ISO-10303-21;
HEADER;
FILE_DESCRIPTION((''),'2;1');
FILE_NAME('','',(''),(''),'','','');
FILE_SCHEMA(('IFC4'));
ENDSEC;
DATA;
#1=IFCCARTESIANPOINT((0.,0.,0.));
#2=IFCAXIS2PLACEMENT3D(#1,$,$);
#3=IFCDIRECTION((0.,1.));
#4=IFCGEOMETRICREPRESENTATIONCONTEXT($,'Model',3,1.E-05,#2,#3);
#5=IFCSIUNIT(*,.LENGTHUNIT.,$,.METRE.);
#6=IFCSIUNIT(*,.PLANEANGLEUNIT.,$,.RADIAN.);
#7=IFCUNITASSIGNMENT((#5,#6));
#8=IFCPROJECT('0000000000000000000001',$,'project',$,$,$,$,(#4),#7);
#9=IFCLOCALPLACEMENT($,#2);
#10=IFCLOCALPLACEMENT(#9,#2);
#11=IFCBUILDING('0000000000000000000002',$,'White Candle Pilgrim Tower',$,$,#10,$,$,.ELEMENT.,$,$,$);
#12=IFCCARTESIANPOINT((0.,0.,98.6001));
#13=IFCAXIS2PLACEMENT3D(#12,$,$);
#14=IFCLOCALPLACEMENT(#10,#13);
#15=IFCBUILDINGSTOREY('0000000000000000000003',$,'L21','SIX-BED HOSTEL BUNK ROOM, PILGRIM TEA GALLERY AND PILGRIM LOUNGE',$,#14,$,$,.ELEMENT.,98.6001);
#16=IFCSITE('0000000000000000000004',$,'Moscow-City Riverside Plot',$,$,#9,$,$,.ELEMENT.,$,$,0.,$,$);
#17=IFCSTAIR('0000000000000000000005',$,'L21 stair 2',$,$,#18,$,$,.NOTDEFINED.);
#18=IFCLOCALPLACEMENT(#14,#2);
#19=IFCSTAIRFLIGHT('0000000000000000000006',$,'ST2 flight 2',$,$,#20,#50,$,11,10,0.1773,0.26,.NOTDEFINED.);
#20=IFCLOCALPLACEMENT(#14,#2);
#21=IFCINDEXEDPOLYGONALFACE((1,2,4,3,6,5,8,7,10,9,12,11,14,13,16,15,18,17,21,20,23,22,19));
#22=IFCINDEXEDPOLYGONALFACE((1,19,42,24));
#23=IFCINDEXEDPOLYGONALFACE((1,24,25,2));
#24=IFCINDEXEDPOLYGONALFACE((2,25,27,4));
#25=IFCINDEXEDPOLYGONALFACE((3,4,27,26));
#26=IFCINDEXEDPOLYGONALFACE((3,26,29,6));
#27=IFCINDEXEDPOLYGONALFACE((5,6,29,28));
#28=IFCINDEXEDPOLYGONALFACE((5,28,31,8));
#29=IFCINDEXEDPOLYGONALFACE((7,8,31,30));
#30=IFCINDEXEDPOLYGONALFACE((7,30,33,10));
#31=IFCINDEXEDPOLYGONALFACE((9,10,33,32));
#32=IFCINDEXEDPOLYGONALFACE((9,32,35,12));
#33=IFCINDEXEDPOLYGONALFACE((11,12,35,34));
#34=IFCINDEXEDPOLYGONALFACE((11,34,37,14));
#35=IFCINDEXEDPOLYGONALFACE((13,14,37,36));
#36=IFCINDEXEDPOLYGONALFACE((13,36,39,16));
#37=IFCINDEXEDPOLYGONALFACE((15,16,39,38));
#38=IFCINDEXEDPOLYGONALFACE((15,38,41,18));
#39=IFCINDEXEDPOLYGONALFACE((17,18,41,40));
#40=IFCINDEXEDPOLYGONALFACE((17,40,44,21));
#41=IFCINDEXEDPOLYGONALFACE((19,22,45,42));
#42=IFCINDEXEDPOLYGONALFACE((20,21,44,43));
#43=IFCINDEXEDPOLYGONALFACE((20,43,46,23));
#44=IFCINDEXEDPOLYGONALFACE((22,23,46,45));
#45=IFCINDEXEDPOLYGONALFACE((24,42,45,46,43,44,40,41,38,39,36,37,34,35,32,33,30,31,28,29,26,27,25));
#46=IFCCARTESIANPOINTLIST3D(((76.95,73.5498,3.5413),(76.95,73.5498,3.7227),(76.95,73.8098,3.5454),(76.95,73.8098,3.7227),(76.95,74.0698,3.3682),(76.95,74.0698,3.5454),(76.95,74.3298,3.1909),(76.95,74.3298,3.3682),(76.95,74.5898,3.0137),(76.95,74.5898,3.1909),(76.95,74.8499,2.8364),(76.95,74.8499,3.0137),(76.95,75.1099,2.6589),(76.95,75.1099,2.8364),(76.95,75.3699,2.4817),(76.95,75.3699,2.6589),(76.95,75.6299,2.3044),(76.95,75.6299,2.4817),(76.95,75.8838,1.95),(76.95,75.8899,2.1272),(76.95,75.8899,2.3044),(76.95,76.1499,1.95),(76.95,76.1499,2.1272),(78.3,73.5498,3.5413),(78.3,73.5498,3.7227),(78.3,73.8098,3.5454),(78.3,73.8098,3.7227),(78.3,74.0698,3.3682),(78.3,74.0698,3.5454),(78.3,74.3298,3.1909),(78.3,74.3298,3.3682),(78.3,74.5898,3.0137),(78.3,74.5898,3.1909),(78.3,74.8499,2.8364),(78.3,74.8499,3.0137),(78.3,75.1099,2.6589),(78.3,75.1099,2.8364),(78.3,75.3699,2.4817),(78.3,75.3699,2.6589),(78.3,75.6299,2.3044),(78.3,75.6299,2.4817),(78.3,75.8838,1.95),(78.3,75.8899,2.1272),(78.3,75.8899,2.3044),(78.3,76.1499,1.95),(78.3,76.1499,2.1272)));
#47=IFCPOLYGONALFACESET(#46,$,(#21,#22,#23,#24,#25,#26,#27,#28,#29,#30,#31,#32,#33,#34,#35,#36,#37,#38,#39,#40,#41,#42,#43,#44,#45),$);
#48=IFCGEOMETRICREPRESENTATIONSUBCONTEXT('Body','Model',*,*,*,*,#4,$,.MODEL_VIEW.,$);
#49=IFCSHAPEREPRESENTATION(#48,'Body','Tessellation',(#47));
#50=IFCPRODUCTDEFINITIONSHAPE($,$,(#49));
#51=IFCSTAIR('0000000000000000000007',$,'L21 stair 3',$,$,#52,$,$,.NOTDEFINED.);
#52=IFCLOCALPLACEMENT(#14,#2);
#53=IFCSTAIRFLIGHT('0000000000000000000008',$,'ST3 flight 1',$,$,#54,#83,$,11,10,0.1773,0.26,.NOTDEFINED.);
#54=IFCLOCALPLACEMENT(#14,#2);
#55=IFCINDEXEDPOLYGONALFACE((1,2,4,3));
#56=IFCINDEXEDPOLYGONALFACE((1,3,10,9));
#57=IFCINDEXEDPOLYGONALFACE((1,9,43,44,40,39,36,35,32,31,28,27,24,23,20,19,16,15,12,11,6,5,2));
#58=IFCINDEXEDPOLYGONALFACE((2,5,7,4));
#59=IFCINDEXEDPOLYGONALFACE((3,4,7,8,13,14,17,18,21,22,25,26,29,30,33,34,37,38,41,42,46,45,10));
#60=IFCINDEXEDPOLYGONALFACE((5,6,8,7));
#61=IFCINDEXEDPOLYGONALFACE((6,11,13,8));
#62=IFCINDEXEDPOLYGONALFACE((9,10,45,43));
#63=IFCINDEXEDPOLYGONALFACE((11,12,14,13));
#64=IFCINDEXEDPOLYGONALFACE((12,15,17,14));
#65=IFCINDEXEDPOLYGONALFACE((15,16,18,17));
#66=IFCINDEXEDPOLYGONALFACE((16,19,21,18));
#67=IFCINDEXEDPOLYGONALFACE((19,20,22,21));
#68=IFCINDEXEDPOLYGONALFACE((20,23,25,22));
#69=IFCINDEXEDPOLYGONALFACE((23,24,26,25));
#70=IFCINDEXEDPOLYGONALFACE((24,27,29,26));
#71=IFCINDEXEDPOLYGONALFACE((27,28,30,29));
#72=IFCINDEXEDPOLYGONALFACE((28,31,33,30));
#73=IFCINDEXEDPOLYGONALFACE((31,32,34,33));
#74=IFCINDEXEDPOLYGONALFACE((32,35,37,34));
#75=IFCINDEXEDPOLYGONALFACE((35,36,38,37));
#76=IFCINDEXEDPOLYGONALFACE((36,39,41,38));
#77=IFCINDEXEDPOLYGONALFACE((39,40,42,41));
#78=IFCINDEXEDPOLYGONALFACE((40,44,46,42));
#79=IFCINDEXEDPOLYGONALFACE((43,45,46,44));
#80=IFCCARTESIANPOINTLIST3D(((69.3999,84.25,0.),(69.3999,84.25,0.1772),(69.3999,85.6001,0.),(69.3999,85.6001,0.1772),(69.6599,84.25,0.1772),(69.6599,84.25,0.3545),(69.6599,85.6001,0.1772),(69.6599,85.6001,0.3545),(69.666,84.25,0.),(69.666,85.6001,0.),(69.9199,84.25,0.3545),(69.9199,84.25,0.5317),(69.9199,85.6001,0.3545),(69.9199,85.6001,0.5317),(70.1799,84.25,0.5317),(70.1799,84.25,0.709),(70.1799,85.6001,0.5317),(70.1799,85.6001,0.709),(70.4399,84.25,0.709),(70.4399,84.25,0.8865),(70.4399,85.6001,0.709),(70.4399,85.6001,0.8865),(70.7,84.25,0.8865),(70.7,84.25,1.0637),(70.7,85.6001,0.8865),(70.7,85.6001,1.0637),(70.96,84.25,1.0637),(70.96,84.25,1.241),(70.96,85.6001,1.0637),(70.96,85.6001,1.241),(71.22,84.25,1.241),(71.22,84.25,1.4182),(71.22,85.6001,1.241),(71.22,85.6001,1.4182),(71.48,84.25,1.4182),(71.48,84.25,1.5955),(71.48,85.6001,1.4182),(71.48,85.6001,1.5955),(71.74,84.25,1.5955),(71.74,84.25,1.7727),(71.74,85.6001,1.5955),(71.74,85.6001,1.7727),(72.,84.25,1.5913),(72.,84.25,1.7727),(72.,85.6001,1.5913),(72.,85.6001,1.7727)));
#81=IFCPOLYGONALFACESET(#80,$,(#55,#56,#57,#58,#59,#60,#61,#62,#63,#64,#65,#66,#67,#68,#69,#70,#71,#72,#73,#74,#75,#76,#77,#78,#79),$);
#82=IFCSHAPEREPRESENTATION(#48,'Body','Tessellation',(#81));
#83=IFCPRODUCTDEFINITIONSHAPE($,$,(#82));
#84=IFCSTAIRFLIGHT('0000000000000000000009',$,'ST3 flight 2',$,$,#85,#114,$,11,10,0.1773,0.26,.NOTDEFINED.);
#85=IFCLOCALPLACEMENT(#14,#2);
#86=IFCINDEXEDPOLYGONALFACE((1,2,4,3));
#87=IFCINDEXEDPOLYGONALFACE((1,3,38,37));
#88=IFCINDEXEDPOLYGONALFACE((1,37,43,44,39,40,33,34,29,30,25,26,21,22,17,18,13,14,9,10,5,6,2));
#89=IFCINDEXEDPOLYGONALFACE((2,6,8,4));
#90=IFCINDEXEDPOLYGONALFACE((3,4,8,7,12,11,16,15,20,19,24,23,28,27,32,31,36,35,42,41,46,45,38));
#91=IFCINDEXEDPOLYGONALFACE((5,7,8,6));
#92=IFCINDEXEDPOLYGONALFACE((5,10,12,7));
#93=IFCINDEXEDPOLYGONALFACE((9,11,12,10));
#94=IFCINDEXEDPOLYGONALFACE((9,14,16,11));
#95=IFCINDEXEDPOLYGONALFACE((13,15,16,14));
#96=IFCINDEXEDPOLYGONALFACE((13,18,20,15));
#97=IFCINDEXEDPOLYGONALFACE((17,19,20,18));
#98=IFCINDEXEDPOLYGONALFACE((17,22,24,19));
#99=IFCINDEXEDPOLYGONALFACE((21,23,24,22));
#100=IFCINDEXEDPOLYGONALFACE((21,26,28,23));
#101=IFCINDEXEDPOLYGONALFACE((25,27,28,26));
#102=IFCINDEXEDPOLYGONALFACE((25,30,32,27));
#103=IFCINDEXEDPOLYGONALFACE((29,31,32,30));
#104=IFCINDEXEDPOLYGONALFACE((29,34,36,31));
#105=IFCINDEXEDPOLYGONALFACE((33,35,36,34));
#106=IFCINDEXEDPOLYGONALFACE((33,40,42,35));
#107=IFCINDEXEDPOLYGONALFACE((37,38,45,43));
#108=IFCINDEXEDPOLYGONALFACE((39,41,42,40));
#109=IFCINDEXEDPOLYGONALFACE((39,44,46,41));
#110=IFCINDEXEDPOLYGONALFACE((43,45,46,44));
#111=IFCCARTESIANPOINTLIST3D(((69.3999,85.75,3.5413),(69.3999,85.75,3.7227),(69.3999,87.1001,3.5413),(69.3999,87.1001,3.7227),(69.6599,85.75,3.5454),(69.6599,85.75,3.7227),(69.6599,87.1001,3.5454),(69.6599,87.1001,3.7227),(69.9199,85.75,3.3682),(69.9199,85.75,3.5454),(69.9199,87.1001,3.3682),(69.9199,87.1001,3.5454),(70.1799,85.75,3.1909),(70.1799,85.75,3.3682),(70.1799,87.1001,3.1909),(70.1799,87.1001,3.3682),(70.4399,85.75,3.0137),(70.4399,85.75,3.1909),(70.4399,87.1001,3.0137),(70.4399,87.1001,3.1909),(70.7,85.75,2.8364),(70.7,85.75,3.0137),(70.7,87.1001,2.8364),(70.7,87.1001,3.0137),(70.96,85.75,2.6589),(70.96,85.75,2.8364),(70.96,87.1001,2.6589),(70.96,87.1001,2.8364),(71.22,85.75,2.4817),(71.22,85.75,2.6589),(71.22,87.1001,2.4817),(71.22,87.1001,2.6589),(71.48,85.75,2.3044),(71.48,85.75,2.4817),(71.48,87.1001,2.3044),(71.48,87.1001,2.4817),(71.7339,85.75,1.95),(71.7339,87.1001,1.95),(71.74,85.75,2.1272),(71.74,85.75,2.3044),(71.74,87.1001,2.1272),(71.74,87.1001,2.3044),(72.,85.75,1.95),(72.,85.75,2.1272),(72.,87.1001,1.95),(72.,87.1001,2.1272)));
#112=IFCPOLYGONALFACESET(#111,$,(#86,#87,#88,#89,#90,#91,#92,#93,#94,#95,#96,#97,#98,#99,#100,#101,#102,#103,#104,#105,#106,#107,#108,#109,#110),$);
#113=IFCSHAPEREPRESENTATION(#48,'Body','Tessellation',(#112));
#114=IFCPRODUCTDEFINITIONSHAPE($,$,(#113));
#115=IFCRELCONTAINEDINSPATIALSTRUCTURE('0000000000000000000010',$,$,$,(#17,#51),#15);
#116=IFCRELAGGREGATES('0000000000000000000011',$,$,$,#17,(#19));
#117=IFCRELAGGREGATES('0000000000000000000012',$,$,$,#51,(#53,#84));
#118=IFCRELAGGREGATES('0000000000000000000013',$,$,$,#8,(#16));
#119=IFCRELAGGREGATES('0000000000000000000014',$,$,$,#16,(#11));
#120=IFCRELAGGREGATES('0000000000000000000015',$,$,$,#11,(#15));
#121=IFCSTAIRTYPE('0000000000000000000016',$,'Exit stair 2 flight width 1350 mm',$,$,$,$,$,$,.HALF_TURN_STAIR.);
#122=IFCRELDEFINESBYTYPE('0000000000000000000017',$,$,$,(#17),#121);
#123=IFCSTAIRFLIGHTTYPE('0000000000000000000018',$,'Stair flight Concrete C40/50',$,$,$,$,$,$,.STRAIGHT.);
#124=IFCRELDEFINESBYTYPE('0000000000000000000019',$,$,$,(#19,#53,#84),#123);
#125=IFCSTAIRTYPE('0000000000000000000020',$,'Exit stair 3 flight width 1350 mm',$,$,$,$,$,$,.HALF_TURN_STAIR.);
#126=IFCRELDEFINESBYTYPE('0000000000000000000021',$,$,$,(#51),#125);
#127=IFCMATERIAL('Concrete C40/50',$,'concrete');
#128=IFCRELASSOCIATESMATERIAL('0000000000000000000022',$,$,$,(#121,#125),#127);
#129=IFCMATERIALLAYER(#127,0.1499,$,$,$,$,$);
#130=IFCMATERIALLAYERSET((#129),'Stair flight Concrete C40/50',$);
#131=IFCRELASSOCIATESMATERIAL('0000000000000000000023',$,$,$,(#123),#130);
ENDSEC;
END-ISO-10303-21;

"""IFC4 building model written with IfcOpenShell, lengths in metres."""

from ifc_helpers import new_model, si_unit, direction, frame, origin, place, context, subcontext, project, spatial, polyline, outline, extrude, material, layer, layer_set, type_object, element, aggregate, save


model = new_model("IFC4")

# Units and contexts
model_context = context("Model", 3, precision=1e-05, world=origin(), true_north=direction((0.0, 1.0)))
body_context = subcontext(model_context, "Body", "Model", "MODEL_VIEW")
ifc_project = project(units=[si_unit("LENGTHUNIT", "METRE"), si_unit("PLANEANGLEUNIT", "RADIAN")], contexts=[model_context])

# Site, building, storey
site_placement = place(None, origin())
site = spatial("IfcSite", under=ifc_project, at=site_placement, Name="Moscow-City Riverside Plot", CompositionType="ELEMENT", RefElevation=0.0)
building_placement = place(site_placement, origin())
building = spatial("IfcBuilding", under=site, at=building_placement, Name="White Candle Pilgrim Tower", CompositionType="ELEMENT")
storey_placement = place(building_placement, frame((0.0, 0.0, 98.6001)))
storey = spatial("IfcBuildingStorey", under=building, at=storey_placement, Name="L21", Description="SIX-BED HOSTEL BUNK ROOM, PILGRIM TEA GALLERY AND PILGRIM LOUNGE", CompositionType="ELEMENT", Elevation=98.6001)

# Stair, stair flight
ifc_material_1 = material(Name="Concrete C40/50", Category="concrete")
stair_type_1 = type_object("IfcStairType", Name="Exit stair 2 flight width 1350 mm", PredefinedType="HALF_TURN_STAIR", material=ifc_material_1)
stair_1_placement = place(storey_placement, origin())
stair_1 = element("IfcStair", 1, at=stair_1_placement, inside=storey, type_object=stair_type_1, Name="L21 stair 2", PredefinedType="NOTDEFINED")
ifc_layer_1 = layer(ifc_material_1, 0.1499)
ifc_layer_set_1 = layer_set([ifc_layer_1], Name="Stair flight Concrete C40/50")
stair_flight_type = type_object("IfcStairFlightType", Name="Stair flight Concrete C40/50", PredefinedType="STRAIGHT", material=ifc_layer_set_1)
stair_flight_1_placement = place(storey_placement, frame((77.625, 76.1499, 1.95), z_axis=(0.0, 0.0, 1.0), x_axis=(0.0, -1.0, 0.0)))
stair_flight_1 = element("IfcStairFlight", 2, at=stair_flight_1_placement, type_object=stair_flight_type, Name="ST2 flight 2", NumberOfRisers=11, NumberOfTreads=10, PredefinedType="NOTDEFINED", RiserHeight=0.1773, TreadLength=0.26, context=body_context, shape_type="SweptSolid", body=[
    extrude(outline(polyline([(0.0, 0.0), (0.0, 0.1772), (0.26, 0.1772), (0.26, 0.3545), (0.52, 0.3545), (0.52, 0.5317), (0.78, 0.5317), (0.78, 0.709), (1.04, 0.709), (1.04, 0.8865), (1.3, 0.8865), (1.3, 1.0637), (1.5601, 1.0637), (1.5601, 1.241), (1.8201, 1.241), (1.8201, 1.4182), (2.0801, 1.4182), (2.0801, 1.5955), (2.3401, 1.5955), (2.3401, 1.7727), (2.6001, 1.7727), (2.6001, 1.95), (2.6001, 1.5913), (0.2661, 0.0), (0.0, 0.0)])), frame((0.0, 0.675, 0.0), z_axis=(0.0, -1.0, 0.0), x_axis=(1.0, 0.0, 0.0)), (0.0, 0.0, 1.0), 1.3501),
])
aggregate(stair_1, [stair_flight_1])

# Stair, stair flights
stair_type_2 = type_object("IfcStairType", Name="Exit stair 3 flight width 1350 mm", PredefinedType="HALF_TURN_STAIR", material=ifc_material_1)
stair_2_placement = place(storey_placement, origin())
stair_2 = element("IfcStair", 3, at=stair_2_placement, inside=storey, type_object=stair_type_2, Name="L21 stair 3", PredefinedType="NOTDEFINED")
stair_flight_2_placement = place(storey_placement, frame((69.3999, 84.925, 0.0), z_axis=(0.0, 0.0, 1.0), x_axis=(1.0, 0.0, 0.0)))
stair_flight_2 = element("IfcStairFlight", 4, at=stair_flight_2_placement, type_object=stair_flight_type, Name="ST3 flight 1", NumberOfRisers=11, NumberOfTreads=10, PredefinedType="NOTDEFINED", RiserHeight=0.1773, TreadLength=0.26, context=body_context, shape_type="SweptSolid", body=[
    extrude(outline(polyline([(0.0, 0.0), (0.0, 0.1772), (0.26, 0.1772), (0.26, 0.3545), (0.52, 0.3545), (0.52, 0.5317), (0.78, 0.5317), (0.78, 0.709), (1.04, 0.709), (1.04, 0.8865), (1.3, 0.8865), (1.3, 1.0637), (1.5601, 1.0637), (1.5601, 1.241), (1.8201, 1.241), (1.8201, 1.4182), (2.0801, 1.4182), (2.0801, 1.5955), (2.3401, 1.5955), (2.3401, 1.7727), (2.6001, 1.7727), (2.6001, 1.95), (2.6001, 1.5913), (0.2661, 0.0), (0.0, 0.0)])), frame((0.0, 0.675, 0.0), z_axis=(0.0, -1.0, 0.0), x_axis=(1.0, 0.0, 0.0)), (0.0, 0.0, 1.0), 1.3501),
])
stair_flight_3_placement = place(storey_placement, frame((72.0, 86.425, 1.95), z_axis=(0.0, 0.0, 1.0), x_axis=(-1.0, 0.0, 0.0)))
stair_flight_3 = element("IfcStairFlight", 5, at=stair_flight_3_placement, type_object=stair_flight_type, Name="ST3 flight 2", NumberOfRisers=11, NumberOfTreads=10, PredefinedType="NOTDEFINED", RiserHeight=0.1773, TreadLength=0.26, context=body_context, shape_type="SweptSolid", body=[
    extrude(outline(polyline([(0.0, 0.0), (0.0, 0.1772), (0.26, 0.1772), (0.26, 0.3545), (0.52, 0.3545), (0.52, 0.5317), (0.78, 0.5317), (0.78, 0.709), (1.04, 0.709), (1.04, 0.8865), (1.3, 0.8865), (1.3, 1.0637), (1.5601, 1.0637), (1.5601, 1.241), (1.8201, 1.241), (1.8201, 1.4182), (2.0801, 1.4182), (2.0801, 1.5955), (2.3401, 1.5955), (2.3401, 1.7727), (2.6001, 1.7727), (2.6001, 1.95), (2.6001, 1.5913), (0.2661, 0.0), (0.0, 0.0)])), frame((0.0, 0.675, 0.0), z_axis=(0.0, -1.0, 0.0), x_axis=(1.0, 0.0, 0.0)), (0.0, 0.0, 1.0), 1.3501),
])
aggregate(stair_2, [stair_flight_2, stair_flight_3])

save(model, "model.ifc")
